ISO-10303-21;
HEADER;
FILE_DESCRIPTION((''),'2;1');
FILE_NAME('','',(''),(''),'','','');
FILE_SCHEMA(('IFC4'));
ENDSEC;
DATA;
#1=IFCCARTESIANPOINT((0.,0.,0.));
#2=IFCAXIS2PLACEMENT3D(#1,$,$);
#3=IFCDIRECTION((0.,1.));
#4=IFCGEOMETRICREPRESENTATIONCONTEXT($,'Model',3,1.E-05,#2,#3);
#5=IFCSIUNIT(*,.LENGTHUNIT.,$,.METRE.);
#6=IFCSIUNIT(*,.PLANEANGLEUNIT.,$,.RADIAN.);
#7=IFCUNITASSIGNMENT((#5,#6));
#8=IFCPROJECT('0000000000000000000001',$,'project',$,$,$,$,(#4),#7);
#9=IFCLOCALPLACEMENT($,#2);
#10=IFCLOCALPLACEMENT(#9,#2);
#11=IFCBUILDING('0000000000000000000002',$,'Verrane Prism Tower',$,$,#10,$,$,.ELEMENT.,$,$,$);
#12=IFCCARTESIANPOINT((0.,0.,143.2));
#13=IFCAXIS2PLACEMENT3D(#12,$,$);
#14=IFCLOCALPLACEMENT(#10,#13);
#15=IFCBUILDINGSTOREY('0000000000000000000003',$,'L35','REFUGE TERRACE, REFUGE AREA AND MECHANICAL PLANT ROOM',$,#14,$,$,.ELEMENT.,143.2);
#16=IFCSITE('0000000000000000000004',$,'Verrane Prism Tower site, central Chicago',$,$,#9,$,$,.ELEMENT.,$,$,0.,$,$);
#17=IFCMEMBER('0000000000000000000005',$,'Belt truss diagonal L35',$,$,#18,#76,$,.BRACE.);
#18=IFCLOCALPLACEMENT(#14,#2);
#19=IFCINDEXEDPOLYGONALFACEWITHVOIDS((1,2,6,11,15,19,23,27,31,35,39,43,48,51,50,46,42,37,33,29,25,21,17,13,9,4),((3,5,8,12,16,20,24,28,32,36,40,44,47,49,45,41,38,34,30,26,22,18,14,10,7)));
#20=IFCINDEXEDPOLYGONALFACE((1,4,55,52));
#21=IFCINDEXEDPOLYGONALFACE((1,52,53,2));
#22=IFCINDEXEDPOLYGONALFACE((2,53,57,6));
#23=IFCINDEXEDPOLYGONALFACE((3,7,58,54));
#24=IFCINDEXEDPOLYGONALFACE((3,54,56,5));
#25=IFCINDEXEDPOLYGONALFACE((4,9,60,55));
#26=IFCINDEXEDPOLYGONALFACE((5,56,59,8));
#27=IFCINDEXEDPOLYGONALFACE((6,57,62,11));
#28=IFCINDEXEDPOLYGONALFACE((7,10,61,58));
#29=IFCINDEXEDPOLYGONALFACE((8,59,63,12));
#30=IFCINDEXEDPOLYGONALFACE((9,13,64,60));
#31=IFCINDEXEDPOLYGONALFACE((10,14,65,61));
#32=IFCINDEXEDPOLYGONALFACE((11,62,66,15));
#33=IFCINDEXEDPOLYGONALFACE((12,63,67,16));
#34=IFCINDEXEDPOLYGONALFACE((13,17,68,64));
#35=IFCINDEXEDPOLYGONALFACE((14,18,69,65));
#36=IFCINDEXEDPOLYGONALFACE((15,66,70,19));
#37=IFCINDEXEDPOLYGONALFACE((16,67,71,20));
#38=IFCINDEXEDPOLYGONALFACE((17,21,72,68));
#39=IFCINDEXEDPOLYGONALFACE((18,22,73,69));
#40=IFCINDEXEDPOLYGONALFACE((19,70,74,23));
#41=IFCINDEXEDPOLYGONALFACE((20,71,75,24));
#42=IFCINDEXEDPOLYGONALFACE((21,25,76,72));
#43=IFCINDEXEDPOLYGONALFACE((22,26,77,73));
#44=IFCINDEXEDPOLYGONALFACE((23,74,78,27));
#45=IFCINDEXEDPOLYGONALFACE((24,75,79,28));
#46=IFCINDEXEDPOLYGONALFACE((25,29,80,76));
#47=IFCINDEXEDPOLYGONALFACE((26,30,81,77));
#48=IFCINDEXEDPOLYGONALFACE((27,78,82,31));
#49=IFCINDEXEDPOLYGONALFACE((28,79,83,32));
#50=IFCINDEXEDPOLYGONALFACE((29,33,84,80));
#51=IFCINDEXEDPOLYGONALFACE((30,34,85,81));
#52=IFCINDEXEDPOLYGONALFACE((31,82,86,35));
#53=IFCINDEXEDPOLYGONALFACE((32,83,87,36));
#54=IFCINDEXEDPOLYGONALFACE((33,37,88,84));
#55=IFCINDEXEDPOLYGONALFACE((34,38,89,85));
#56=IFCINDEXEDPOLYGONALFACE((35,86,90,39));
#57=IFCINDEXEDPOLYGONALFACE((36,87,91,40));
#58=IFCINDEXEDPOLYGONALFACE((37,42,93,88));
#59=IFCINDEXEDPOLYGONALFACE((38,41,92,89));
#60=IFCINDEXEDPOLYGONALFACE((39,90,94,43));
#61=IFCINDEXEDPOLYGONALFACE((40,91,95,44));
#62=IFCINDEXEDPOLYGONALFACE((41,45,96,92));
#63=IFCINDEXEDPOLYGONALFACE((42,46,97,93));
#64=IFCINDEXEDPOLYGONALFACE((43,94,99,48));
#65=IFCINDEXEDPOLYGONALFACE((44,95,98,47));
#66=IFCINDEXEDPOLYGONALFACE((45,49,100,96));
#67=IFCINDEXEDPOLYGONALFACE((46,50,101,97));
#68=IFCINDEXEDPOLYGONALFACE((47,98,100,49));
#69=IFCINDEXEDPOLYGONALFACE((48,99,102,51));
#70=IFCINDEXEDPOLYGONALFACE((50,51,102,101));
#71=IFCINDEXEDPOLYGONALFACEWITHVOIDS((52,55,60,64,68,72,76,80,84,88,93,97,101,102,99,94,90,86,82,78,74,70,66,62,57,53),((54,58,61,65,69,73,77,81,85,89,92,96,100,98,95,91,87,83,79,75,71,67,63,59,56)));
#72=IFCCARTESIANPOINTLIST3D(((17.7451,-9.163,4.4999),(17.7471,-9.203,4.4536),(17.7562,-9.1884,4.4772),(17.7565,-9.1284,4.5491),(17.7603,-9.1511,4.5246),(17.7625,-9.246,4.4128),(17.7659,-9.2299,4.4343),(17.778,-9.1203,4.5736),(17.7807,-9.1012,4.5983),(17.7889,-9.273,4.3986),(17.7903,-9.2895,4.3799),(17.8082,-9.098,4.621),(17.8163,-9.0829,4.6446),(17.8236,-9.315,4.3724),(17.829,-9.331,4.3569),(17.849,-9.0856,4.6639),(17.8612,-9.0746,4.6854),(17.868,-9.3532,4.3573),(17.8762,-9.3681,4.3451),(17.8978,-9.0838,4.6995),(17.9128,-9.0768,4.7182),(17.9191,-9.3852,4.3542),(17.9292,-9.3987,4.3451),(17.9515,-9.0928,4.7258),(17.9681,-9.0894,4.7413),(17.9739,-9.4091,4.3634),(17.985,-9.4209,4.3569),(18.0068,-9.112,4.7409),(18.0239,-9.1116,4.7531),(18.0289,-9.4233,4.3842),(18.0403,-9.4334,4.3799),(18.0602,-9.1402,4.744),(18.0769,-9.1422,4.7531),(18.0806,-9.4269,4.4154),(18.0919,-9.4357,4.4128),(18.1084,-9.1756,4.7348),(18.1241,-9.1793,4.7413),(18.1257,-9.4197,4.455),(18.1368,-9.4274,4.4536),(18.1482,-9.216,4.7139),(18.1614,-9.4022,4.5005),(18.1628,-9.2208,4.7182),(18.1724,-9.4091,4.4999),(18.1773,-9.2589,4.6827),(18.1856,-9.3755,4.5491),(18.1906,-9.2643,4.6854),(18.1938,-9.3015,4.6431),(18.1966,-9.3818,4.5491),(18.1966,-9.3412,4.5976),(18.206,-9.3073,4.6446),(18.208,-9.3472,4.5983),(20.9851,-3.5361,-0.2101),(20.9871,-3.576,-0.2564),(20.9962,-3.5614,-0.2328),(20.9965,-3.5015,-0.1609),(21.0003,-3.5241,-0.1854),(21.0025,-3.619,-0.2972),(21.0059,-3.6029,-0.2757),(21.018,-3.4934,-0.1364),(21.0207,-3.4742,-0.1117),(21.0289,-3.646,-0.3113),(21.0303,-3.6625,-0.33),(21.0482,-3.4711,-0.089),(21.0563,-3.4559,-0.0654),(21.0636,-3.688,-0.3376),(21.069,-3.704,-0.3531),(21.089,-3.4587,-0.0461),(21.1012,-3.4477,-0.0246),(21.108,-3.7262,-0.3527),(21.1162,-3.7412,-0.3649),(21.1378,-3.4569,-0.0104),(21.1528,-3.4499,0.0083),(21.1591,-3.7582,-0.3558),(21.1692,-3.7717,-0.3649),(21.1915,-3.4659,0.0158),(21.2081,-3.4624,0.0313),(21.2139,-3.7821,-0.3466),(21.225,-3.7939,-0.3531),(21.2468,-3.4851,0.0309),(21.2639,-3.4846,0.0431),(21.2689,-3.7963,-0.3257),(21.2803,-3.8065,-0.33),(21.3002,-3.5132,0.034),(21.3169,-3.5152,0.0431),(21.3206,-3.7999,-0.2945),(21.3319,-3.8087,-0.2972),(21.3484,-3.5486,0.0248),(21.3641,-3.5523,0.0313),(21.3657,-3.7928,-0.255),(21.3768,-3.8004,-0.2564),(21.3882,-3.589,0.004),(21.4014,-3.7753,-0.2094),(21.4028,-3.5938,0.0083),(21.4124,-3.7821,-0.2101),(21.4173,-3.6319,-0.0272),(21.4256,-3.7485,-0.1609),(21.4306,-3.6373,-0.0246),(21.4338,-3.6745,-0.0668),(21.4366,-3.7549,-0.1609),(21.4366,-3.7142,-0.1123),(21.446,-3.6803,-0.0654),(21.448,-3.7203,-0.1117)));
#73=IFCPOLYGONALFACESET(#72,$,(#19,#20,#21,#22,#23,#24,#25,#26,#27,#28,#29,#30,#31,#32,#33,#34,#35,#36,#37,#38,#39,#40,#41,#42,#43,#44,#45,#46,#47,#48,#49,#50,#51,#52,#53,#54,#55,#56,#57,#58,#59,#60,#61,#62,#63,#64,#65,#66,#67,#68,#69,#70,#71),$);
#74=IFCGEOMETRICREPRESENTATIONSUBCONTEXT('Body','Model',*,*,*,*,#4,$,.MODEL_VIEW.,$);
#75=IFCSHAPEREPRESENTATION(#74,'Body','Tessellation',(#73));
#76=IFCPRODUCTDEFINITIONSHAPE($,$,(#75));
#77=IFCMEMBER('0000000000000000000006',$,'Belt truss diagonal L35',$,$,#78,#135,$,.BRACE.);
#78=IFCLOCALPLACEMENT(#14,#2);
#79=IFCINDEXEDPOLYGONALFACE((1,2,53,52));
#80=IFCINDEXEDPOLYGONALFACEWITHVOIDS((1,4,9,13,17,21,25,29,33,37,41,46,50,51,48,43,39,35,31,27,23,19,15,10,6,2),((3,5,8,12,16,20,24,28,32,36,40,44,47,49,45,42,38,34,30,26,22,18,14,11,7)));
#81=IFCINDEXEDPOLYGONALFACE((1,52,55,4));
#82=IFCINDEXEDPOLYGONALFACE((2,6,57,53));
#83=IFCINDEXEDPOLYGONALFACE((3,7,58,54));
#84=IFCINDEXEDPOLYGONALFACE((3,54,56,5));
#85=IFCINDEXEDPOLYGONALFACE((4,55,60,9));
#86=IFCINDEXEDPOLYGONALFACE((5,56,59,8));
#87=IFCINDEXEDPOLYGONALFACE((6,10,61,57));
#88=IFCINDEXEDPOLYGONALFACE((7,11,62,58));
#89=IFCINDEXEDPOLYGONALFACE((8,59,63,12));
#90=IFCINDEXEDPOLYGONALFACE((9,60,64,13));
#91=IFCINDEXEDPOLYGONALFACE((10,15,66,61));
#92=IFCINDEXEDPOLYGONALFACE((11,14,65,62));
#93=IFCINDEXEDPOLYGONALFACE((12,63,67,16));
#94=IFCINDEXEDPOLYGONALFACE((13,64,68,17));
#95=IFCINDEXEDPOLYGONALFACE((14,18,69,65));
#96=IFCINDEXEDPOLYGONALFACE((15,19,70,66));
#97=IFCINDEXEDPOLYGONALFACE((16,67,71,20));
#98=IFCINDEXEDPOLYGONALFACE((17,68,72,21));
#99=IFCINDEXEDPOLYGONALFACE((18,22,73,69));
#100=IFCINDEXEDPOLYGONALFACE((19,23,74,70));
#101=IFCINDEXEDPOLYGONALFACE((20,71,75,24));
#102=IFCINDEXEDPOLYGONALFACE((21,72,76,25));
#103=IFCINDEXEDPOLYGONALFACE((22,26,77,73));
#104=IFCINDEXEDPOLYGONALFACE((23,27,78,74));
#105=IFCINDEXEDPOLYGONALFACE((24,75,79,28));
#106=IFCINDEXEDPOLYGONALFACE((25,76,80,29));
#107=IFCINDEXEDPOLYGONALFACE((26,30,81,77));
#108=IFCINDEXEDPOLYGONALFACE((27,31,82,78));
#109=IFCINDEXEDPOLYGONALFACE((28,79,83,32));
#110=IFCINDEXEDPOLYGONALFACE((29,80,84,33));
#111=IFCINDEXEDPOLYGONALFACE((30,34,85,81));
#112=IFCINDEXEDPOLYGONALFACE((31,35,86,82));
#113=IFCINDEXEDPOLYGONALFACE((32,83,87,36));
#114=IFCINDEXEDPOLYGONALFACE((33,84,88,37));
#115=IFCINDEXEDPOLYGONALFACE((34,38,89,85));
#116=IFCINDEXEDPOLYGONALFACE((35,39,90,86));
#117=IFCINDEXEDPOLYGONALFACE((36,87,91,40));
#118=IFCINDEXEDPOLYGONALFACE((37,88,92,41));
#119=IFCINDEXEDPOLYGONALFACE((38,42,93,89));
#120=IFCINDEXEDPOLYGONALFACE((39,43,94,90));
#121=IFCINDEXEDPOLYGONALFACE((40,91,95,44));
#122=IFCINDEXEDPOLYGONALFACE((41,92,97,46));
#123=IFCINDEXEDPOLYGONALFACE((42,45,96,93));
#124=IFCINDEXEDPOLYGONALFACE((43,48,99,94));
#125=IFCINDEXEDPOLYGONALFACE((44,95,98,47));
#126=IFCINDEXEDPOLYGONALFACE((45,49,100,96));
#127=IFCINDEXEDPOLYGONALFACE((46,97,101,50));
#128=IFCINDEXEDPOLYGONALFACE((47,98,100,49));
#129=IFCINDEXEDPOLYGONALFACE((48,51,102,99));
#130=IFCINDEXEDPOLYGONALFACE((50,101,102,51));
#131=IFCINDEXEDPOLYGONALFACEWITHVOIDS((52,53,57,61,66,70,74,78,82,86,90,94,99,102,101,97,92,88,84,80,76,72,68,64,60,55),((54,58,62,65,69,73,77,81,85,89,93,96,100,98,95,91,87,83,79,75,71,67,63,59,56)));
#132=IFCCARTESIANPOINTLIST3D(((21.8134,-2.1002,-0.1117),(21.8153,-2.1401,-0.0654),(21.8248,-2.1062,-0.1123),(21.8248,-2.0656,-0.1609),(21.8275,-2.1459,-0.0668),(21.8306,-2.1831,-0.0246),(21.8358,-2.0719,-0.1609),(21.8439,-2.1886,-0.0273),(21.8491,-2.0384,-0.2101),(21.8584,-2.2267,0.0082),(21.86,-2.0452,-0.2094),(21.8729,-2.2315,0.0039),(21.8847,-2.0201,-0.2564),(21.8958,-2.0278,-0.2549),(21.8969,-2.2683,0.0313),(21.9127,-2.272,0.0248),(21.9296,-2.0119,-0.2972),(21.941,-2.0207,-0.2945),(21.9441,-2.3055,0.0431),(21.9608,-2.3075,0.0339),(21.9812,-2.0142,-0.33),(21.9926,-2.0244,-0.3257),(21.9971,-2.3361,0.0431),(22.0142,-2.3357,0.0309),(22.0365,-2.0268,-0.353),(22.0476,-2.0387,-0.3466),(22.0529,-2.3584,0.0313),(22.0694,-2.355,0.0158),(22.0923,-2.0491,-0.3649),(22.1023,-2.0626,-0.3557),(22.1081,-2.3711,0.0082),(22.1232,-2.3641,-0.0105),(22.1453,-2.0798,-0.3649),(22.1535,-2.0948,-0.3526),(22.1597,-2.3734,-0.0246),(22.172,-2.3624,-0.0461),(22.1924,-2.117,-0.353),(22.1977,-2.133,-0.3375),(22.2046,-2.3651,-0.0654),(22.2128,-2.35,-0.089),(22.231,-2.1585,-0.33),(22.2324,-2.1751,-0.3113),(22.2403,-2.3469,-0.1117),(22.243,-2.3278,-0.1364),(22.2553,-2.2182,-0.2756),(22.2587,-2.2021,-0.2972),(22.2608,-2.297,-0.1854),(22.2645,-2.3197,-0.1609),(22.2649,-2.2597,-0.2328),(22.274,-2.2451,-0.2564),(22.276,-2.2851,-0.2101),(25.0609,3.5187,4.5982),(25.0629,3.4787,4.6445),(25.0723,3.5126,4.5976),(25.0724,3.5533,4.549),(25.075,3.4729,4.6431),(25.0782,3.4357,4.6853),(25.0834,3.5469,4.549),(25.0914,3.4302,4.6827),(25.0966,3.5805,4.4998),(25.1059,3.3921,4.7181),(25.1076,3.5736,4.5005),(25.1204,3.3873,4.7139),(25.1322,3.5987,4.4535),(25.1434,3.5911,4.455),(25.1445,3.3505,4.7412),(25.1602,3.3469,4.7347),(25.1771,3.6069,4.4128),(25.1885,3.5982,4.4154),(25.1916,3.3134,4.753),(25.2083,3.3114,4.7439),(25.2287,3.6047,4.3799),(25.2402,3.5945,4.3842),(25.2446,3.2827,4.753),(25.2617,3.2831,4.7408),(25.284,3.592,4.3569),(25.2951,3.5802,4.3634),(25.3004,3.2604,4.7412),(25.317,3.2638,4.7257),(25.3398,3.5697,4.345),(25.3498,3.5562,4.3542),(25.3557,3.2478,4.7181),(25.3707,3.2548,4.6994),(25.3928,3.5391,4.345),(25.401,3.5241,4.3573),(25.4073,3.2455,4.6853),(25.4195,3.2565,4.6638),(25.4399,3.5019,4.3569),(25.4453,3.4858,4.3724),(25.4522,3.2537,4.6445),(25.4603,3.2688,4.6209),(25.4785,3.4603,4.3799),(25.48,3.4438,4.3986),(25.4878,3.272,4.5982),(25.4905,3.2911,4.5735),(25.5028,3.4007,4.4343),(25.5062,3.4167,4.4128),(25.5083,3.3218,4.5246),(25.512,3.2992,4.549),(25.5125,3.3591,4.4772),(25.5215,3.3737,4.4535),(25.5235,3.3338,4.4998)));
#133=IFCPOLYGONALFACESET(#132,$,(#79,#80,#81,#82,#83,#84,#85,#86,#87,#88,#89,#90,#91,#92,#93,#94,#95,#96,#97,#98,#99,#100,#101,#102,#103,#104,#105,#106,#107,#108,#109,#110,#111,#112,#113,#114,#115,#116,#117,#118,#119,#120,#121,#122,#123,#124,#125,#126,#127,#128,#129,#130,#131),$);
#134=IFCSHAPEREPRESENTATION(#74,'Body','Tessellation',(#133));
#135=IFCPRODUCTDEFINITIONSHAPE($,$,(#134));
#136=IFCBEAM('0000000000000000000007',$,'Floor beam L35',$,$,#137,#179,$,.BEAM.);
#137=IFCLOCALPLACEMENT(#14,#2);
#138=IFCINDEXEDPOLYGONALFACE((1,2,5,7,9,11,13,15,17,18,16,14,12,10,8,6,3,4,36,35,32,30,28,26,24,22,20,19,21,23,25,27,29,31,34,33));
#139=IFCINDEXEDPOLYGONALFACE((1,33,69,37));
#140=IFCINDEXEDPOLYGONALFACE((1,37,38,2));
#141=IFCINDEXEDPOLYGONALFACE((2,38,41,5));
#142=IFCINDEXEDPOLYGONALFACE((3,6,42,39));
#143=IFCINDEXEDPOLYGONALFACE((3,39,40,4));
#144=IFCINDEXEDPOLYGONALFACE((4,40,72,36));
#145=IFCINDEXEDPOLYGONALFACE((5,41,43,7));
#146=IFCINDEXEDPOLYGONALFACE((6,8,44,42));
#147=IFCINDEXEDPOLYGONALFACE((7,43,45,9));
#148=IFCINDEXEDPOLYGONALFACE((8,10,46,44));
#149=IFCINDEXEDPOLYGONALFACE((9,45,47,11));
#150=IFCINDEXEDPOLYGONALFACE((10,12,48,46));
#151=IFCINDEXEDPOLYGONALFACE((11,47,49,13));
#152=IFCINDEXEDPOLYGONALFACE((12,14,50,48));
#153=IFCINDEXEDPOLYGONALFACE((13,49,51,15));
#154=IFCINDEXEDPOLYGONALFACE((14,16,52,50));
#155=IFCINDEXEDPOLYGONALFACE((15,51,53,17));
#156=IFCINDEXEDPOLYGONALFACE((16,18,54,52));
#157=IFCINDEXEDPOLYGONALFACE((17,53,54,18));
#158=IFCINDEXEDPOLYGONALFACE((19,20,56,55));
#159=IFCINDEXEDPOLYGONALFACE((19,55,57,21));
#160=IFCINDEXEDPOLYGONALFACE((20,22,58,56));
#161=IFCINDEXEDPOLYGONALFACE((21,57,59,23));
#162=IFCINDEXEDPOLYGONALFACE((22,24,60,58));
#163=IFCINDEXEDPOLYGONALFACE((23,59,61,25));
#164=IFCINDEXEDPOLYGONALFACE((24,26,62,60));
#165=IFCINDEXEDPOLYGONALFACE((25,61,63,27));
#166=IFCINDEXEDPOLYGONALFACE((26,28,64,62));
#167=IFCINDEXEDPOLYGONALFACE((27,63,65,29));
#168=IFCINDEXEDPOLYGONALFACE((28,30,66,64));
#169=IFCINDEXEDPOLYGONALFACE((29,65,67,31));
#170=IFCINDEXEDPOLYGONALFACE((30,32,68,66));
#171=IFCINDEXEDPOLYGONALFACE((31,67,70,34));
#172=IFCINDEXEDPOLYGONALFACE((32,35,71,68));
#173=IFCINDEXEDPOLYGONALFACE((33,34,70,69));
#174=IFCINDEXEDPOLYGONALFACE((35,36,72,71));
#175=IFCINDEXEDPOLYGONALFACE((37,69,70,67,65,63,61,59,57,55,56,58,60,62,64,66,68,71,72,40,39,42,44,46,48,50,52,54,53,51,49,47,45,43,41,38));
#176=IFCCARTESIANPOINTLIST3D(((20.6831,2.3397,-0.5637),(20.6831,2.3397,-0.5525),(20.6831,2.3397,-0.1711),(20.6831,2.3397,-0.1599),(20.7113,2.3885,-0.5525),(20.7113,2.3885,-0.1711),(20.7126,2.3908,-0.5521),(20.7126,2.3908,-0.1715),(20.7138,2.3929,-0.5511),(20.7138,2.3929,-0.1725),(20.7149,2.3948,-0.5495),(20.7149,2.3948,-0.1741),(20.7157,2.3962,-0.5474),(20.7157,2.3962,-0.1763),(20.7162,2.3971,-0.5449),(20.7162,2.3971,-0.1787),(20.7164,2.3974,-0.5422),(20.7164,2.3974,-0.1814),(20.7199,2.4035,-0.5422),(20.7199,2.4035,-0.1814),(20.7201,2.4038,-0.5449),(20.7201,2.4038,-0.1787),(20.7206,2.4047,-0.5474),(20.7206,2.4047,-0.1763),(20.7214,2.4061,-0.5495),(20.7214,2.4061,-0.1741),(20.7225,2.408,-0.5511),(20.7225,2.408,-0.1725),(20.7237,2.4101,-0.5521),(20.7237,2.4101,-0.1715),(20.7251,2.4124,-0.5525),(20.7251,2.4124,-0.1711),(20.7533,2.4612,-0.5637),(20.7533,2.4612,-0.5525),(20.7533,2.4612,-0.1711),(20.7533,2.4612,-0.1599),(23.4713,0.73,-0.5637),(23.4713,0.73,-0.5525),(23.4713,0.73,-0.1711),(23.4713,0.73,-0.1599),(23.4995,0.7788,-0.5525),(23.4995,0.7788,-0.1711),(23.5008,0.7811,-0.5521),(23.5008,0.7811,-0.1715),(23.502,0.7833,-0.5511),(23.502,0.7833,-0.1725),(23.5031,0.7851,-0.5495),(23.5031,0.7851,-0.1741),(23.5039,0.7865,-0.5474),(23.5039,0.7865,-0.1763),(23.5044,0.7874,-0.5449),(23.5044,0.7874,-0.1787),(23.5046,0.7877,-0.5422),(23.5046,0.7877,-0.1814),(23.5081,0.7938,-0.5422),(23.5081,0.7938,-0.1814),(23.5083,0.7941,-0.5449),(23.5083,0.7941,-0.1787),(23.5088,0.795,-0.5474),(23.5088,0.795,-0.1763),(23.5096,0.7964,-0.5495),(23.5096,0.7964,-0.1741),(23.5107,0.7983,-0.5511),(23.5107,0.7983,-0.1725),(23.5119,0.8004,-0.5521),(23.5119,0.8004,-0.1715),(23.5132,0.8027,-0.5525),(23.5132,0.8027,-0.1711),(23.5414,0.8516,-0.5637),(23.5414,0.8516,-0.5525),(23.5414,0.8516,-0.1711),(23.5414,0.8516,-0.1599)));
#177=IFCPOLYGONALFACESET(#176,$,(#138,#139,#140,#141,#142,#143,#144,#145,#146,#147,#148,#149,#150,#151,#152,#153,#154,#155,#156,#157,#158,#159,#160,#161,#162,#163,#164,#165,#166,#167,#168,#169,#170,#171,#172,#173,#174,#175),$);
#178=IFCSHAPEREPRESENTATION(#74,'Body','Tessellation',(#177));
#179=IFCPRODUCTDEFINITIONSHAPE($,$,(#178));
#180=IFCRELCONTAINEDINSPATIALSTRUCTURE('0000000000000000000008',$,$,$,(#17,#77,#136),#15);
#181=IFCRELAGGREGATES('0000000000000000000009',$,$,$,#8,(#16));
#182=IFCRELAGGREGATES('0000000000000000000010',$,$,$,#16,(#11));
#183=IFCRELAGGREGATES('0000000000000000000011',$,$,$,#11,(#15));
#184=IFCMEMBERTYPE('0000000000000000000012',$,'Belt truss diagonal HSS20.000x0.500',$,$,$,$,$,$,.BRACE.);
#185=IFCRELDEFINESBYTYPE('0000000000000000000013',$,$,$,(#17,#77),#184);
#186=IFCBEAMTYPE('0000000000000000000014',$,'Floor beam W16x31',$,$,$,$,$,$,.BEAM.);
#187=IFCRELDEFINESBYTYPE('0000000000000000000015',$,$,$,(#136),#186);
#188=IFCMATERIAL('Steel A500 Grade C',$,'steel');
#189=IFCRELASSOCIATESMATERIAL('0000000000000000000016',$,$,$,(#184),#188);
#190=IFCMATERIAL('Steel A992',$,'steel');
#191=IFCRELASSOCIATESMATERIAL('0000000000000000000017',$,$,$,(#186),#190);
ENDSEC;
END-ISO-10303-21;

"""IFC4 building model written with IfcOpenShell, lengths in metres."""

from ifc_helpers import new_model, si_unit, direction, frame, origin, origin_2d, place, context, subcontext, project, spatial, hollow_circle, i_section, extrude, material, material_profile, profile_set, type_object, element, save


model = new_model("IFC4")

# Units and contexts
model_context = context("Model", 3, precision=1e-05, world=origin(), true_north=direction((0.0, 1.0)))
body_context = subcontext(model_context, "Body", "Model", "MODEL_VIEW")
ifc_project = project(units=[si_unit("LENGTHUNIT", "METRE"), si_unit("PLANEANGLEUNIT", "RADIAN")], contexts=[model_context])

# Site, building, storey
site_placement = place(None, origin())
site = spatial("IfcSite", under=ifc_project, at=site_placement, Name="Verrane Prism Tower site, central Chicago", CompositionType="ELEMENT", RefElevation=0.0)
building_placement = place(site_placement, origin())
building = spatial("IfcBuilding", under=site, at=building_placement, Name="Verrane Prism Tower", CompositionType="ELEMENT")
storey_placement = place(building_placement, frame((0.0, 0.0, 143.2)))
storey = spatial("IfcBuildingStorey", under=building, at=storey_placement, Name="L35", Description="REFUGE TERRACE, REFUGE AREA AND MECHANICAL PLANT ROOM", CompositionType="ELEMENT", Elevation=143.2)

# Members
ifc_material_1 = material(Name="Steel A500 Grade C", Category="steel")
ifc_material_profile_1 = material_profile(ifc_material_1, hollow_circle(Radius=0.2539, WallThickness=0.0127, at=origin_2d()), Name="HSS20.000x0.500")
ifc_profile_set_1 = profile_set([ifc_material_profile_1], Name="Steel A500 Grade C")
member_type_1 = type_object("IfcMemberType", Name="Belt truss diagonal HSS20.000x0.500", PredefinedType="BRACE", material=ifc_profile_set_1)
member_1_placement = place(storey_placement, frame((21.2166, -3.6282, -0.1609), z_axis=(-0.403915, -0.701487, 0.58717), x_axis=(0.866607, -0.498991, 0.0)))
element("IfcMember", 1, at=member_1_placement, inside=storey, type_object=member_type_1, Name="Belt truss diagonal L35", PredefinedType="BRACE", context=body_context, shape_type="SweptSolid", body=[
    extrude(hollow_circle(Radius=0.2539, WallThickness=0.0127, at=origin_2d()), origin(), (0.0, 0.0, 1.0), 8.0215),
])
member_2_placement = place(storey_placement, frame((22.0447, -2.1926, -0.1609), z_axis=(0.404989, 0.700709, 0.587359), x_axis=(-0.865793, 0.500403, 0.0)))
element("IfcMember", 2, at=member_2_placement, inside=storey, type_object=member_type_1, Name="Belt truss diagonal L35", PredefinedType="BRACE", context=body_context, shape_type="SweptSolid", body=[
    extrude(hollow_circle(Radius=0.2539, WallThickness=0.0127, at=origin_2d()), origin(), (0.0, 0.0, 1.0), 8.0188),
])

# Beam
ifc_material_2 = material(Name="Steel A992", Category="steel")
ifc_material_profile_2 = material_profile(ifc_material_2, i_section(OverallWidth=0.1404, OverallDepth=0.4038, WebThickness=0.0071, FlangeThickness=0.0112, FilletRadius=0.0103, at=origin_2d()), Name="W16x31")
ifc_profile_set_2 = profile_set([ifc_material_profile_2], Name="Steel A992")
beam_type_1 = type_object("IfcBeamType", Name="Floor beam W16x31", PredefinedType="BEAM", material=ifc_profile_set_2)
beam_1_placement = place(storey_placement, frame((23.5063, 0.7908, -0.3618), z_axis=(-0.866037, 0.499981, 0.0), x_axis=(-0.499981, -0.866037, 0.0)))
element("IfcBeam", 3, at=beam_1_placement, inside=storey, type_object=beam_type_1, Name="Floor beam L35", PredefinedType="BEAM", context=body_context, shape_type="SweptSolid", body=[
    extrude(i_section(OverallWidth=0.1404, OverallDepth=0.4038, WebThickness=0.0071, FlangeThickness=0.0112, FilletRadius=0.0103, at=origin_2d()), origin(), (0.0, 0.0, 1.0), 3.2195),
])

save(model, "model.ifc")
